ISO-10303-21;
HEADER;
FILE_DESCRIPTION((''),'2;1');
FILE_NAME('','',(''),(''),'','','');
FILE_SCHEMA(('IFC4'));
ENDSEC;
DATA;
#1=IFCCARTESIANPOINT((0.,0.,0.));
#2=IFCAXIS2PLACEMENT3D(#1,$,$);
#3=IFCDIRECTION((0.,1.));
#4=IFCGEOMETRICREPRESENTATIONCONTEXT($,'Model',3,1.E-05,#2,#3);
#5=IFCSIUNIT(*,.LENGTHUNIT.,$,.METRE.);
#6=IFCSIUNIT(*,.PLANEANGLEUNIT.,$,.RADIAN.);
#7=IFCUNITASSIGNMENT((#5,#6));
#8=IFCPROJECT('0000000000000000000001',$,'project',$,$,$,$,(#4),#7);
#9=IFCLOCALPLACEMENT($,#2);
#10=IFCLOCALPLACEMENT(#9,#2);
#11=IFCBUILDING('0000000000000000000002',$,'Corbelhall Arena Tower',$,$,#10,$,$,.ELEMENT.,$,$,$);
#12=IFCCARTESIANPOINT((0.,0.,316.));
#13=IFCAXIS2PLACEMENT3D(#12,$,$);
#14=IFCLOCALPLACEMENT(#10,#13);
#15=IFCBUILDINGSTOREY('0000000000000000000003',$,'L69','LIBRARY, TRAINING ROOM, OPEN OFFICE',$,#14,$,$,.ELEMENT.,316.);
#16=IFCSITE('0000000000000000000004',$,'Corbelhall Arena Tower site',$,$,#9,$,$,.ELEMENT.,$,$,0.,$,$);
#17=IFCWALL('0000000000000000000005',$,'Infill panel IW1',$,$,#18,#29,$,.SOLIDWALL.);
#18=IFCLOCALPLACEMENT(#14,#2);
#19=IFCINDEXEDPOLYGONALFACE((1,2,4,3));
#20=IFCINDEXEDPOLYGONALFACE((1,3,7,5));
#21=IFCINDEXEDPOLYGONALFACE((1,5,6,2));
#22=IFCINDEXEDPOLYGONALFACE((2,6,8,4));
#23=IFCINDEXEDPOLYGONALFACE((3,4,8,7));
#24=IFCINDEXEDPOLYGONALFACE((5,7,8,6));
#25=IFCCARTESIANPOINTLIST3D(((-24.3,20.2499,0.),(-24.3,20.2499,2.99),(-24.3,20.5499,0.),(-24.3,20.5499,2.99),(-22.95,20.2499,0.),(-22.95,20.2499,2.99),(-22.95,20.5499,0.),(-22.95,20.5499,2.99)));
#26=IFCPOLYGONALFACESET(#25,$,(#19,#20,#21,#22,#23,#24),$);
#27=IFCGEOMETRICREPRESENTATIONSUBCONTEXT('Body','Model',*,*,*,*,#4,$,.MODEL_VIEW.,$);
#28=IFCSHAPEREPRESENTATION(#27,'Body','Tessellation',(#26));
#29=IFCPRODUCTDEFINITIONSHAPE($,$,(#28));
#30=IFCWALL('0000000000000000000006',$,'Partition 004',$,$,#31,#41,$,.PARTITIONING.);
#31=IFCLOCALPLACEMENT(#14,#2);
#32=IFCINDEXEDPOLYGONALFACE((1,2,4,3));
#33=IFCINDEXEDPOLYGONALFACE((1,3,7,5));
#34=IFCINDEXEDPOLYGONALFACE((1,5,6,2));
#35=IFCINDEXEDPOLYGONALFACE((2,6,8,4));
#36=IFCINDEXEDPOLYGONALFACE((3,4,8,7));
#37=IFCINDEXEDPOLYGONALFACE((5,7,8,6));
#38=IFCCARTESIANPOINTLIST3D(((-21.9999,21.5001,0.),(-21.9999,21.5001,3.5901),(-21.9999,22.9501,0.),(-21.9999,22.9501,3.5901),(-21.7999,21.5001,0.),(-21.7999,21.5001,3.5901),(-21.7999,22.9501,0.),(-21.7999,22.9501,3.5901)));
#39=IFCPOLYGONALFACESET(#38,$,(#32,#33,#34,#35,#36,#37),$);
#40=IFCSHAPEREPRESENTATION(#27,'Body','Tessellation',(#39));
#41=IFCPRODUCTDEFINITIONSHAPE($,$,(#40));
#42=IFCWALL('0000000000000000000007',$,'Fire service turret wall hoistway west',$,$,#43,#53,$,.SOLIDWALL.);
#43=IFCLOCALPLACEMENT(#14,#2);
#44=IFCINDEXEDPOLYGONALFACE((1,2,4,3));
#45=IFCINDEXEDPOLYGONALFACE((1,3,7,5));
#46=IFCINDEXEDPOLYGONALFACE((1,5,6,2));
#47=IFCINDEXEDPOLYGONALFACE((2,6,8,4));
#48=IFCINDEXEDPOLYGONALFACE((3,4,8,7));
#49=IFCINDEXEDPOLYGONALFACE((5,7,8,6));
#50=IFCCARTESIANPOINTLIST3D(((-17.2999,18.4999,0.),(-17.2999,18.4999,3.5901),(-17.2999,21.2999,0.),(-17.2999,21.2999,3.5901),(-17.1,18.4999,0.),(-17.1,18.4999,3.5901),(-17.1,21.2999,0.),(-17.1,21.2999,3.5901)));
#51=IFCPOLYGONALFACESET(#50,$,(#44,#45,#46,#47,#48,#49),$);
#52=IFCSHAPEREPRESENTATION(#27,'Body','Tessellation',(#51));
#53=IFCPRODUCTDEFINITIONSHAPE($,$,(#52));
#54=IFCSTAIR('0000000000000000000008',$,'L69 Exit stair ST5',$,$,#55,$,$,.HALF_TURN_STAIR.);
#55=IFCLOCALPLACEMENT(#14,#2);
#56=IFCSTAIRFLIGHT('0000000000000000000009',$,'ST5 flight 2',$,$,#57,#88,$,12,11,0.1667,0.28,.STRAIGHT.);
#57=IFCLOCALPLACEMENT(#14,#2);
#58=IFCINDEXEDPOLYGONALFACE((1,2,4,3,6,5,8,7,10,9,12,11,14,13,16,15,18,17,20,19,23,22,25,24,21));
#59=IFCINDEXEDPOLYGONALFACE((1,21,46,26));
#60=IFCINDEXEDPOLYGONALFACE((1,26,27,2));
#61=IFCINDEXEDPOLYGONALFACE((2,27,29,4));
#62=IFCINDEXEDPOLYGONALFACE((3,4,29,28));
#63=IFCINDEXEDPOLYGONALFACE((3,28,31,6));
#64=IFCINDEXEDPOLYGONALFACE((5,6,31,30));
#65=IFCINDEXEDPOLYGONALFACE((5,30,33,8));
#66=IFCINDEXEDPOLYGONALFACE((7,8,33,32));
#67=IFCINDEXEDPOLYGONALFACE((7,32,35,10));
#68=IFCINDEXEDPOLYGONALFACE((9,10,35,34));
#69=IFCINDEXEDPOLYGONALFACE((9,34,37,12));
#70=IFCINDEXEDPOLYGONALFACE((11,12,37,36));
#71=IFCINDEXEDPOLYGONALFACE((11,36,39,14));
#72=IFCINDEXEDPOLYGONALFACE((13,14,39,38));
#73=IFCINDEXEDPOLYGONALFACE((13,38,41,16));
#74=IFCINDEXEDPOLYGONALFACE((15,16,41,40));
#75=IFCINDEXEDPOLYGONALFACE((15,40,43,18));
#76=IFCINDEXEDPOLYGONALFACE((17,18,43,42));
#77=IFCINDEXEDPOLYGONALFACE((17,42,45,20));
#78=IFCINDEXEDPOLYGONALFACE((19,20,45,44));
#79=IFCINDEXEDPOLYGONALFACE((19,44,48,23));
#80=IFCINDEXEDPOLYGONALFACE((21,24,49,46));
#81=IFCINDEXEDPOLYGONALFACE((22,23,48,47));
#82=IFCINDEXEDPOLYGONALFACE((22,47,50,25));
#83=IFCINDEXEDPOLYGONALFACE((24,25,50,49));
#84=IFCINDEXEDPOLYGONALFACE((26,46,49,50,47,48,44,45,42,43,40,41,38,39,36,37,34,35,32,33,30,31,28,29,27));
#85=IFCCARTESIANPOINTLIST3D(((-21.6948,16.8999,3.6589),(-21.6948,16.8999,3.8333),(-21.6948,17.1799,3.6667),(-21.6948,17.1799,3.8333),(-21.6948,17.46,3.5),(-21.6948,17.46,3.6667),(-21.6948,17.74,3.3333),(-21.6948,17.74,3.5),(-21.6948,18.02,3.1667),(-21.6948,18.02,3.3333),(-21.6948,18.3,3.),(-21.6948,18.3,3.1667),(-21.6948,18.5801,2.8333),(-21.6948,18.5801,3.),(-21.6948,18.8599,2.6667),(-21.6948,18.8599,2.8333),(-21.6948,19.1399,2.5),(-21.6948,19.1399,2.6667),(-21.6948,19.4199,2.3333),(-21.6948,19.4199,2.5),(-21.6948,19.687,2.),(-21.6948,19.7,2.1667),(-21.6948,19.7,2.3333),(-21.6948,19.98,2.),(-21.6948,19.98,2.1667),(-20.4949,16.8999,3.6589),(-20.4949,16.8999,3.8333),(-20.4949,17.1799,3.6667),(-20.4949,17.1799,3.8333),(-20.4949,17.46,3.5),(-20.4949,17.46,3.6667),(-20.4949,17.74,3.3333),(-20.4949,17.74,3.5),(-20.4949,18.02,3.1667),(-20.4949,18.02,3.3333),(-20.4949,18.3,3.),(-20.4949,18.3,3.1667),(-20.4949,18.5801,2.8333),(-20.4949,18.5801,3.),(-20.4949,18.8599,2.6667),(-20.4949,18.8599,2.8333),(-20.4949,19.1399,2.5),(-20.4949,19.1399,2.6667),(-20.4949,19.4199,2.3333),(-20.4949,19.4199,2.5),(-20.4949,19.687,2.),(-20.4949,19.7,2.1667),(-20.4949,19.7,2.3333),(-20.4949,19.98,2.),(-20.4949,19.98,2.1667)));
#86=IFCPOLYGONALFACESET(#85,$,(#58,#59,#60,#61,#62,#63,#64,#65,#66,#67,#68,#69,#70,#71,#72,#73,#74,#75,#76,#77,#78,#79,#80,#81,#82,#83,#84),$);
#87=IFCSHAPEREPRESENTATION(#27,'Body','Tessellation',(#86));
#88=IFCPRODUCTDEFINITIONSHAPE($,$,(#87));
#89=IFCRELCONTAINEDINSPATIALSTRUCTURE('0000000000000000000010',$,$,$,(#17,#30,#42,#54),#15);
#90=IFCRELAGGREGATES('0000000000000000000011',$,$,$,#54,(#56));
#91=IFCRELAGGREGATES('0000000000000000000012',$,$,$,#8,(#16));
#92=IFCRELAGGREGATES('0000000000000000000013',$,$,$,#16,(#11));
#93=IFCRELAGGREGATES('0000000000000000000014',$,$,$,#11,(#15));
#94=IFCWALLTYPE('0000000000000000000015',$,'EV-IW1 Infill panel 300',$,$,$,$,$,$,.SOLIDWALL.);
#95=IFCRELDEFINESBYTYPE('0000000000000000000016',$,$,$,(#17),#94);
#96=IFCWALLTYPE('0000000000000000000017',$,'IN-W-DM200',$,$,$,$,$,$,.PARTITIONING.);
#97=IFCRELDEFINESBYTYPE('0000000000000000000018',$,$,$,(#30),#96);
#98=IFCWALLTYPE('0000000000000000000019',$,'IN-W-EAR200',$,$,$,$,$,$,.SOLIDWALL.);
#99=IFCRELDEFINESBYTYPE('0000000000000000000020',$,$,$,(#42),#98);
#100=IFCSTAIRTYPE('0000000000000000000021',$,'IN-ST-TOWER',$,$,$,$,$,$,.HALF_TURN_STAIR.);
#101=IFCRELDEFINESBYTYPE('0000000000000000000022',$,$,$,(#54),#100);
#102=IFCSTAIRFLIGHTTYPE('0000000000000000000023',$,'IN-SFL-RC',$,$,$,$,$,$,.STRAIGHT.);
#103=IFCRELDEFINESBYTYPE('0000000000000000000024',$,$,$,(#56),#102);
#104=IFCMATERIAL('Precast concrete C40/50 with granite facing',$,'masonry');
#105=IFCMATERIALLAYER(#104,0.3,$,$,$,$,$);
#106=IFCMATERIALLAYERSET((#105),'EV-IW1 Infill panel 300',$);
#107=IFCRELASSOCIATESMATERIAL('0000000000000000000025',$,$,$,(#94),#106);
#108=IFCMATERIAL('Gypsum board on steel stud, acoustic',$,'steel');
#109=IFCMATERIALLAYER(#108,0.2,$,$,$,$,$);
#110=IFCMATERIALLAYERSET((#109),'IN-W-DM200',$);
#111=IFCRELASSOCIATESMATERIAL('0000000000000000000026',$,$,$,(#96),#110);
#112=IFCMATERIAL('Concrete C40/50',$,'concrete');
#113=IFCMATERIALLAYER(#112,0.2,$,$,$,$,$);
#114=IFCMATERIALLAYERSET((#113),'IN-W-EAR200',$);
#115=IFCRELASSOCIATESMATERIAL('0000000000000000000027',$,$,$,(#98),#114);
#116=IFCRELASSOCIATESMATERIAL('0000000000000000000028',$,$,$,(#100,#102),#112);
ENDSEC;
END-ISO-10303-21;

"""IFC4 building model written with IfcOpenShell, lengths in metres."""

from ifc_helpers import new_model, si_unit, direction, frame, frame_2d, origin, place, context, subcontext, project, spatial, polyline, rectangle, outline, extrude, material, layer, layer_set, type_object, element, aggregate, save


model = new_model("IFC4")

# Units and contexts
model_context = context("Model", 3, precision=1e-05, world=origin(), true_north=direction((0.0, 1.0)))
body_context = subcontext(model_context, "Body", "Model", "MODEL_VIEW")
ifc_project = project(units=[si_unit("LENGTHUNIT", "METRE"), si_unit("PLANEANGLEUNIT", "RADIAN")], contexts=[model_context])

# Site, building, storey
site_placement = place(None, origin())
site = spatial("IfcSite", under=ifc_project, at=site_placement, Name="Corbelhall Arena Tower site", CompositionType="ELEMENT", RefElevation=0.0)
building_placement = place(site_placement, origin())
building = spatial("IfcBuilding", under=site, at=building_placement, Name="Corbelhall Arena Tower", CompositionType="ELEMENT")
storey_placement = place(building_placement, frame((0.0, 0.0, 316.0)))
storey = spatial("IfcBuildingStorey", under=building, at=storey_placement, Name="L69", Description="LIBRARY, TRAINING ROOM, OPEN OFFICE", CompositionType="ELEMENT", Elevation=316.0)

# Shared definitions
ifc_material_1 = material(Name="Precast concrete C40/50 with granite facing", Category="masonry")
ifc_layer_1 = layer(ifc_material_1, 0.3)
ifc_layer_set_1 = layer_set([ifc_layer_1], Name="EV-IW1 Infill panel 300")
wall_type_1 = type_object("IfcWallType", Name="EV-IW1 Infill panel 300", PredefinedType="SOLIDWALL", material=ifc_layer_set_1)

# Walls
wall_1_placement = place(storey_placement, frame((-22.95, 20.3999, 0.0), z_axis=(0.0, 0.0, 1.0), x_axis=(-1.0, 0.0, 0.0)))
element("IfcWall", 1, at=wall_1_placement, inside=storey, type_object=wall_type_1, Name="Infill panel IW1", PredefinedType="SOLIDWALL", context=body_context, shape_type="SweptSolid", body=[
    extrude(rectangle(XDim=1.3501, YDim=0.3, at=frame_2d((0.675, 0.0))), origin(), (0.0, 0.0, 1.0), 2.99),
])
ifc_material_2 = material(Name="Gypsum board on steel stud, acoustic", Category="steel")
ifc_layer_2 = layer(ifc_material_2, 0.2)
ifc_layer_set_2 = layer_set([ifc_layer_2], Name="IN-W-DM200")
wall_type_2 = type_object("IfcWallType", Name="IN-W-DM200", PredefinedType="PARTITIONING", material=ifc_layer_set_2)
wall_2_placement = place(storey_placement, frame((-21.8999, 21.5, 0.0), z_axis=(0.0, 0.0, 1.0), x_axis=(0.0, 1.0, 0.0)))
element("IfcWall", 2, at=wall_2_placement, inside=storey, type_object=wall_type_2, Name="Partition 004", PredefinedType="PARTITIONING", context=body_context, shape_type="SweptSolid", body=[
    extrude(rectangle(XDim=1.45, YDim=0.2, at=frame_2d((0.7251, 0.0))), origin(), (0.0, 0.0, 1.0), 3.5901),
])

# Shared definitions
ifc_material_3 = material(Name="Concrete C40/50", Category="concrete")
ifc_layer_3 = layer(ifc_material_3, 0.2)
ifc_layer_set_3 = layer_set([ifc_layer_3], Name="IN-W-EAR200")
wall_type_3 = type_object("IfcWallType", Name="IN-W-EAR200", PredefinedType="SOLIDWALL", material=ifc_layer_set_3)

# Wall
wall_3_placement = place(storey_placement, frame((-17.2, 18.5, 0.0), z_axis=(0.0, 0.0, 1.0), x_axis=(0.0, 1.0, 0.0)))
element("IfcWall", 3, at=wall_3_placement, inside=storey, type_object=wall_type_3, Name="Fire service turret wall hoistway west", PredefinedType="SOLIDWALL", context=body_context, shape_type="SweptSolid", body=[
    extrude(rectangle(XDim=2.8, YDim=0.2, at=frame_2d((1.3999, 0.0))), origin(), (0.0, 0.0, 1.0), 3.5901),
])

# Stair, stair flight
stair_type = type_object("IfcStairType", Name="IN-ST-TOWER", PredefinedType="HALF_TURN_STAIR", material=ifc_material_3)
stair_placement = place(storey_placement, origin())
stair = element("IfcStair", 4, at=stair_placement, inside=storey, type_object=stair_type, Name="L69 Exit stair ST5", PredefinedType="HALF_TURN_STAIR")
stair_flight_type = type_object("IfcStairFlightType", Name="IN-SFL-RC", PredefinedType="STRAIGHT", material=ifc_material_3)
stair_flight_placement = place(storey_placement, frame((-21.095, 19.98, 2.0), z_axis=(0.0, 0.0, 1.0), x_axis=(0.0, -1.0, 0.0)))
stair_flight = element("IfcStairFlight", 5, at=stair_flight_placement, type_object=stair_flight_type, Name="ST5 flight 2", NumberOfRisers=12, NumberOfTreads=11, PredefinedType="STRAIGHT", RiserHeight=0.1667, TreadLength=0.28, context=body_context, shape_type="SweptSolid", body=[
    extrude(outline(polyline([(0.0, 0.0), (0.0, 0.1667), (0.28, 0.1667), (0.28, 0.3333), (0.5601, 0.3333), (0.5601, 0.5), (0.8401, 0.5), (0.8401, 0.6667), (1.1201, 0.6667), (1.1201, 0.8333), (1.3999, 0.8333), (1.3999, 1.0), (1.6799, 1.0), (1.6799, 1.1667), (1.96, 1.1667), (1.96, 1.3333), (2.24, 1.3333), (2.24, 1.5), (2.52, 1.5), (2.52, 1.6667), (2.8, 1.6667), (2.8, 1.8333), (3.0801, 1.8333), (3.0801, 2.0), (3.0801, 1.6589), (0.293, 0.0), (0.0, 0.0)])), frame((0.0, 0.6001, 0.0), z_axis=(0.0, -1.0, 0.0), x_axis=(1.0, 0.0, 0.0)), (0.0, 0.0, 1.0), 1.2),
])
aggregate(stair, [stair_flight])

save(model, "model.ifc")
